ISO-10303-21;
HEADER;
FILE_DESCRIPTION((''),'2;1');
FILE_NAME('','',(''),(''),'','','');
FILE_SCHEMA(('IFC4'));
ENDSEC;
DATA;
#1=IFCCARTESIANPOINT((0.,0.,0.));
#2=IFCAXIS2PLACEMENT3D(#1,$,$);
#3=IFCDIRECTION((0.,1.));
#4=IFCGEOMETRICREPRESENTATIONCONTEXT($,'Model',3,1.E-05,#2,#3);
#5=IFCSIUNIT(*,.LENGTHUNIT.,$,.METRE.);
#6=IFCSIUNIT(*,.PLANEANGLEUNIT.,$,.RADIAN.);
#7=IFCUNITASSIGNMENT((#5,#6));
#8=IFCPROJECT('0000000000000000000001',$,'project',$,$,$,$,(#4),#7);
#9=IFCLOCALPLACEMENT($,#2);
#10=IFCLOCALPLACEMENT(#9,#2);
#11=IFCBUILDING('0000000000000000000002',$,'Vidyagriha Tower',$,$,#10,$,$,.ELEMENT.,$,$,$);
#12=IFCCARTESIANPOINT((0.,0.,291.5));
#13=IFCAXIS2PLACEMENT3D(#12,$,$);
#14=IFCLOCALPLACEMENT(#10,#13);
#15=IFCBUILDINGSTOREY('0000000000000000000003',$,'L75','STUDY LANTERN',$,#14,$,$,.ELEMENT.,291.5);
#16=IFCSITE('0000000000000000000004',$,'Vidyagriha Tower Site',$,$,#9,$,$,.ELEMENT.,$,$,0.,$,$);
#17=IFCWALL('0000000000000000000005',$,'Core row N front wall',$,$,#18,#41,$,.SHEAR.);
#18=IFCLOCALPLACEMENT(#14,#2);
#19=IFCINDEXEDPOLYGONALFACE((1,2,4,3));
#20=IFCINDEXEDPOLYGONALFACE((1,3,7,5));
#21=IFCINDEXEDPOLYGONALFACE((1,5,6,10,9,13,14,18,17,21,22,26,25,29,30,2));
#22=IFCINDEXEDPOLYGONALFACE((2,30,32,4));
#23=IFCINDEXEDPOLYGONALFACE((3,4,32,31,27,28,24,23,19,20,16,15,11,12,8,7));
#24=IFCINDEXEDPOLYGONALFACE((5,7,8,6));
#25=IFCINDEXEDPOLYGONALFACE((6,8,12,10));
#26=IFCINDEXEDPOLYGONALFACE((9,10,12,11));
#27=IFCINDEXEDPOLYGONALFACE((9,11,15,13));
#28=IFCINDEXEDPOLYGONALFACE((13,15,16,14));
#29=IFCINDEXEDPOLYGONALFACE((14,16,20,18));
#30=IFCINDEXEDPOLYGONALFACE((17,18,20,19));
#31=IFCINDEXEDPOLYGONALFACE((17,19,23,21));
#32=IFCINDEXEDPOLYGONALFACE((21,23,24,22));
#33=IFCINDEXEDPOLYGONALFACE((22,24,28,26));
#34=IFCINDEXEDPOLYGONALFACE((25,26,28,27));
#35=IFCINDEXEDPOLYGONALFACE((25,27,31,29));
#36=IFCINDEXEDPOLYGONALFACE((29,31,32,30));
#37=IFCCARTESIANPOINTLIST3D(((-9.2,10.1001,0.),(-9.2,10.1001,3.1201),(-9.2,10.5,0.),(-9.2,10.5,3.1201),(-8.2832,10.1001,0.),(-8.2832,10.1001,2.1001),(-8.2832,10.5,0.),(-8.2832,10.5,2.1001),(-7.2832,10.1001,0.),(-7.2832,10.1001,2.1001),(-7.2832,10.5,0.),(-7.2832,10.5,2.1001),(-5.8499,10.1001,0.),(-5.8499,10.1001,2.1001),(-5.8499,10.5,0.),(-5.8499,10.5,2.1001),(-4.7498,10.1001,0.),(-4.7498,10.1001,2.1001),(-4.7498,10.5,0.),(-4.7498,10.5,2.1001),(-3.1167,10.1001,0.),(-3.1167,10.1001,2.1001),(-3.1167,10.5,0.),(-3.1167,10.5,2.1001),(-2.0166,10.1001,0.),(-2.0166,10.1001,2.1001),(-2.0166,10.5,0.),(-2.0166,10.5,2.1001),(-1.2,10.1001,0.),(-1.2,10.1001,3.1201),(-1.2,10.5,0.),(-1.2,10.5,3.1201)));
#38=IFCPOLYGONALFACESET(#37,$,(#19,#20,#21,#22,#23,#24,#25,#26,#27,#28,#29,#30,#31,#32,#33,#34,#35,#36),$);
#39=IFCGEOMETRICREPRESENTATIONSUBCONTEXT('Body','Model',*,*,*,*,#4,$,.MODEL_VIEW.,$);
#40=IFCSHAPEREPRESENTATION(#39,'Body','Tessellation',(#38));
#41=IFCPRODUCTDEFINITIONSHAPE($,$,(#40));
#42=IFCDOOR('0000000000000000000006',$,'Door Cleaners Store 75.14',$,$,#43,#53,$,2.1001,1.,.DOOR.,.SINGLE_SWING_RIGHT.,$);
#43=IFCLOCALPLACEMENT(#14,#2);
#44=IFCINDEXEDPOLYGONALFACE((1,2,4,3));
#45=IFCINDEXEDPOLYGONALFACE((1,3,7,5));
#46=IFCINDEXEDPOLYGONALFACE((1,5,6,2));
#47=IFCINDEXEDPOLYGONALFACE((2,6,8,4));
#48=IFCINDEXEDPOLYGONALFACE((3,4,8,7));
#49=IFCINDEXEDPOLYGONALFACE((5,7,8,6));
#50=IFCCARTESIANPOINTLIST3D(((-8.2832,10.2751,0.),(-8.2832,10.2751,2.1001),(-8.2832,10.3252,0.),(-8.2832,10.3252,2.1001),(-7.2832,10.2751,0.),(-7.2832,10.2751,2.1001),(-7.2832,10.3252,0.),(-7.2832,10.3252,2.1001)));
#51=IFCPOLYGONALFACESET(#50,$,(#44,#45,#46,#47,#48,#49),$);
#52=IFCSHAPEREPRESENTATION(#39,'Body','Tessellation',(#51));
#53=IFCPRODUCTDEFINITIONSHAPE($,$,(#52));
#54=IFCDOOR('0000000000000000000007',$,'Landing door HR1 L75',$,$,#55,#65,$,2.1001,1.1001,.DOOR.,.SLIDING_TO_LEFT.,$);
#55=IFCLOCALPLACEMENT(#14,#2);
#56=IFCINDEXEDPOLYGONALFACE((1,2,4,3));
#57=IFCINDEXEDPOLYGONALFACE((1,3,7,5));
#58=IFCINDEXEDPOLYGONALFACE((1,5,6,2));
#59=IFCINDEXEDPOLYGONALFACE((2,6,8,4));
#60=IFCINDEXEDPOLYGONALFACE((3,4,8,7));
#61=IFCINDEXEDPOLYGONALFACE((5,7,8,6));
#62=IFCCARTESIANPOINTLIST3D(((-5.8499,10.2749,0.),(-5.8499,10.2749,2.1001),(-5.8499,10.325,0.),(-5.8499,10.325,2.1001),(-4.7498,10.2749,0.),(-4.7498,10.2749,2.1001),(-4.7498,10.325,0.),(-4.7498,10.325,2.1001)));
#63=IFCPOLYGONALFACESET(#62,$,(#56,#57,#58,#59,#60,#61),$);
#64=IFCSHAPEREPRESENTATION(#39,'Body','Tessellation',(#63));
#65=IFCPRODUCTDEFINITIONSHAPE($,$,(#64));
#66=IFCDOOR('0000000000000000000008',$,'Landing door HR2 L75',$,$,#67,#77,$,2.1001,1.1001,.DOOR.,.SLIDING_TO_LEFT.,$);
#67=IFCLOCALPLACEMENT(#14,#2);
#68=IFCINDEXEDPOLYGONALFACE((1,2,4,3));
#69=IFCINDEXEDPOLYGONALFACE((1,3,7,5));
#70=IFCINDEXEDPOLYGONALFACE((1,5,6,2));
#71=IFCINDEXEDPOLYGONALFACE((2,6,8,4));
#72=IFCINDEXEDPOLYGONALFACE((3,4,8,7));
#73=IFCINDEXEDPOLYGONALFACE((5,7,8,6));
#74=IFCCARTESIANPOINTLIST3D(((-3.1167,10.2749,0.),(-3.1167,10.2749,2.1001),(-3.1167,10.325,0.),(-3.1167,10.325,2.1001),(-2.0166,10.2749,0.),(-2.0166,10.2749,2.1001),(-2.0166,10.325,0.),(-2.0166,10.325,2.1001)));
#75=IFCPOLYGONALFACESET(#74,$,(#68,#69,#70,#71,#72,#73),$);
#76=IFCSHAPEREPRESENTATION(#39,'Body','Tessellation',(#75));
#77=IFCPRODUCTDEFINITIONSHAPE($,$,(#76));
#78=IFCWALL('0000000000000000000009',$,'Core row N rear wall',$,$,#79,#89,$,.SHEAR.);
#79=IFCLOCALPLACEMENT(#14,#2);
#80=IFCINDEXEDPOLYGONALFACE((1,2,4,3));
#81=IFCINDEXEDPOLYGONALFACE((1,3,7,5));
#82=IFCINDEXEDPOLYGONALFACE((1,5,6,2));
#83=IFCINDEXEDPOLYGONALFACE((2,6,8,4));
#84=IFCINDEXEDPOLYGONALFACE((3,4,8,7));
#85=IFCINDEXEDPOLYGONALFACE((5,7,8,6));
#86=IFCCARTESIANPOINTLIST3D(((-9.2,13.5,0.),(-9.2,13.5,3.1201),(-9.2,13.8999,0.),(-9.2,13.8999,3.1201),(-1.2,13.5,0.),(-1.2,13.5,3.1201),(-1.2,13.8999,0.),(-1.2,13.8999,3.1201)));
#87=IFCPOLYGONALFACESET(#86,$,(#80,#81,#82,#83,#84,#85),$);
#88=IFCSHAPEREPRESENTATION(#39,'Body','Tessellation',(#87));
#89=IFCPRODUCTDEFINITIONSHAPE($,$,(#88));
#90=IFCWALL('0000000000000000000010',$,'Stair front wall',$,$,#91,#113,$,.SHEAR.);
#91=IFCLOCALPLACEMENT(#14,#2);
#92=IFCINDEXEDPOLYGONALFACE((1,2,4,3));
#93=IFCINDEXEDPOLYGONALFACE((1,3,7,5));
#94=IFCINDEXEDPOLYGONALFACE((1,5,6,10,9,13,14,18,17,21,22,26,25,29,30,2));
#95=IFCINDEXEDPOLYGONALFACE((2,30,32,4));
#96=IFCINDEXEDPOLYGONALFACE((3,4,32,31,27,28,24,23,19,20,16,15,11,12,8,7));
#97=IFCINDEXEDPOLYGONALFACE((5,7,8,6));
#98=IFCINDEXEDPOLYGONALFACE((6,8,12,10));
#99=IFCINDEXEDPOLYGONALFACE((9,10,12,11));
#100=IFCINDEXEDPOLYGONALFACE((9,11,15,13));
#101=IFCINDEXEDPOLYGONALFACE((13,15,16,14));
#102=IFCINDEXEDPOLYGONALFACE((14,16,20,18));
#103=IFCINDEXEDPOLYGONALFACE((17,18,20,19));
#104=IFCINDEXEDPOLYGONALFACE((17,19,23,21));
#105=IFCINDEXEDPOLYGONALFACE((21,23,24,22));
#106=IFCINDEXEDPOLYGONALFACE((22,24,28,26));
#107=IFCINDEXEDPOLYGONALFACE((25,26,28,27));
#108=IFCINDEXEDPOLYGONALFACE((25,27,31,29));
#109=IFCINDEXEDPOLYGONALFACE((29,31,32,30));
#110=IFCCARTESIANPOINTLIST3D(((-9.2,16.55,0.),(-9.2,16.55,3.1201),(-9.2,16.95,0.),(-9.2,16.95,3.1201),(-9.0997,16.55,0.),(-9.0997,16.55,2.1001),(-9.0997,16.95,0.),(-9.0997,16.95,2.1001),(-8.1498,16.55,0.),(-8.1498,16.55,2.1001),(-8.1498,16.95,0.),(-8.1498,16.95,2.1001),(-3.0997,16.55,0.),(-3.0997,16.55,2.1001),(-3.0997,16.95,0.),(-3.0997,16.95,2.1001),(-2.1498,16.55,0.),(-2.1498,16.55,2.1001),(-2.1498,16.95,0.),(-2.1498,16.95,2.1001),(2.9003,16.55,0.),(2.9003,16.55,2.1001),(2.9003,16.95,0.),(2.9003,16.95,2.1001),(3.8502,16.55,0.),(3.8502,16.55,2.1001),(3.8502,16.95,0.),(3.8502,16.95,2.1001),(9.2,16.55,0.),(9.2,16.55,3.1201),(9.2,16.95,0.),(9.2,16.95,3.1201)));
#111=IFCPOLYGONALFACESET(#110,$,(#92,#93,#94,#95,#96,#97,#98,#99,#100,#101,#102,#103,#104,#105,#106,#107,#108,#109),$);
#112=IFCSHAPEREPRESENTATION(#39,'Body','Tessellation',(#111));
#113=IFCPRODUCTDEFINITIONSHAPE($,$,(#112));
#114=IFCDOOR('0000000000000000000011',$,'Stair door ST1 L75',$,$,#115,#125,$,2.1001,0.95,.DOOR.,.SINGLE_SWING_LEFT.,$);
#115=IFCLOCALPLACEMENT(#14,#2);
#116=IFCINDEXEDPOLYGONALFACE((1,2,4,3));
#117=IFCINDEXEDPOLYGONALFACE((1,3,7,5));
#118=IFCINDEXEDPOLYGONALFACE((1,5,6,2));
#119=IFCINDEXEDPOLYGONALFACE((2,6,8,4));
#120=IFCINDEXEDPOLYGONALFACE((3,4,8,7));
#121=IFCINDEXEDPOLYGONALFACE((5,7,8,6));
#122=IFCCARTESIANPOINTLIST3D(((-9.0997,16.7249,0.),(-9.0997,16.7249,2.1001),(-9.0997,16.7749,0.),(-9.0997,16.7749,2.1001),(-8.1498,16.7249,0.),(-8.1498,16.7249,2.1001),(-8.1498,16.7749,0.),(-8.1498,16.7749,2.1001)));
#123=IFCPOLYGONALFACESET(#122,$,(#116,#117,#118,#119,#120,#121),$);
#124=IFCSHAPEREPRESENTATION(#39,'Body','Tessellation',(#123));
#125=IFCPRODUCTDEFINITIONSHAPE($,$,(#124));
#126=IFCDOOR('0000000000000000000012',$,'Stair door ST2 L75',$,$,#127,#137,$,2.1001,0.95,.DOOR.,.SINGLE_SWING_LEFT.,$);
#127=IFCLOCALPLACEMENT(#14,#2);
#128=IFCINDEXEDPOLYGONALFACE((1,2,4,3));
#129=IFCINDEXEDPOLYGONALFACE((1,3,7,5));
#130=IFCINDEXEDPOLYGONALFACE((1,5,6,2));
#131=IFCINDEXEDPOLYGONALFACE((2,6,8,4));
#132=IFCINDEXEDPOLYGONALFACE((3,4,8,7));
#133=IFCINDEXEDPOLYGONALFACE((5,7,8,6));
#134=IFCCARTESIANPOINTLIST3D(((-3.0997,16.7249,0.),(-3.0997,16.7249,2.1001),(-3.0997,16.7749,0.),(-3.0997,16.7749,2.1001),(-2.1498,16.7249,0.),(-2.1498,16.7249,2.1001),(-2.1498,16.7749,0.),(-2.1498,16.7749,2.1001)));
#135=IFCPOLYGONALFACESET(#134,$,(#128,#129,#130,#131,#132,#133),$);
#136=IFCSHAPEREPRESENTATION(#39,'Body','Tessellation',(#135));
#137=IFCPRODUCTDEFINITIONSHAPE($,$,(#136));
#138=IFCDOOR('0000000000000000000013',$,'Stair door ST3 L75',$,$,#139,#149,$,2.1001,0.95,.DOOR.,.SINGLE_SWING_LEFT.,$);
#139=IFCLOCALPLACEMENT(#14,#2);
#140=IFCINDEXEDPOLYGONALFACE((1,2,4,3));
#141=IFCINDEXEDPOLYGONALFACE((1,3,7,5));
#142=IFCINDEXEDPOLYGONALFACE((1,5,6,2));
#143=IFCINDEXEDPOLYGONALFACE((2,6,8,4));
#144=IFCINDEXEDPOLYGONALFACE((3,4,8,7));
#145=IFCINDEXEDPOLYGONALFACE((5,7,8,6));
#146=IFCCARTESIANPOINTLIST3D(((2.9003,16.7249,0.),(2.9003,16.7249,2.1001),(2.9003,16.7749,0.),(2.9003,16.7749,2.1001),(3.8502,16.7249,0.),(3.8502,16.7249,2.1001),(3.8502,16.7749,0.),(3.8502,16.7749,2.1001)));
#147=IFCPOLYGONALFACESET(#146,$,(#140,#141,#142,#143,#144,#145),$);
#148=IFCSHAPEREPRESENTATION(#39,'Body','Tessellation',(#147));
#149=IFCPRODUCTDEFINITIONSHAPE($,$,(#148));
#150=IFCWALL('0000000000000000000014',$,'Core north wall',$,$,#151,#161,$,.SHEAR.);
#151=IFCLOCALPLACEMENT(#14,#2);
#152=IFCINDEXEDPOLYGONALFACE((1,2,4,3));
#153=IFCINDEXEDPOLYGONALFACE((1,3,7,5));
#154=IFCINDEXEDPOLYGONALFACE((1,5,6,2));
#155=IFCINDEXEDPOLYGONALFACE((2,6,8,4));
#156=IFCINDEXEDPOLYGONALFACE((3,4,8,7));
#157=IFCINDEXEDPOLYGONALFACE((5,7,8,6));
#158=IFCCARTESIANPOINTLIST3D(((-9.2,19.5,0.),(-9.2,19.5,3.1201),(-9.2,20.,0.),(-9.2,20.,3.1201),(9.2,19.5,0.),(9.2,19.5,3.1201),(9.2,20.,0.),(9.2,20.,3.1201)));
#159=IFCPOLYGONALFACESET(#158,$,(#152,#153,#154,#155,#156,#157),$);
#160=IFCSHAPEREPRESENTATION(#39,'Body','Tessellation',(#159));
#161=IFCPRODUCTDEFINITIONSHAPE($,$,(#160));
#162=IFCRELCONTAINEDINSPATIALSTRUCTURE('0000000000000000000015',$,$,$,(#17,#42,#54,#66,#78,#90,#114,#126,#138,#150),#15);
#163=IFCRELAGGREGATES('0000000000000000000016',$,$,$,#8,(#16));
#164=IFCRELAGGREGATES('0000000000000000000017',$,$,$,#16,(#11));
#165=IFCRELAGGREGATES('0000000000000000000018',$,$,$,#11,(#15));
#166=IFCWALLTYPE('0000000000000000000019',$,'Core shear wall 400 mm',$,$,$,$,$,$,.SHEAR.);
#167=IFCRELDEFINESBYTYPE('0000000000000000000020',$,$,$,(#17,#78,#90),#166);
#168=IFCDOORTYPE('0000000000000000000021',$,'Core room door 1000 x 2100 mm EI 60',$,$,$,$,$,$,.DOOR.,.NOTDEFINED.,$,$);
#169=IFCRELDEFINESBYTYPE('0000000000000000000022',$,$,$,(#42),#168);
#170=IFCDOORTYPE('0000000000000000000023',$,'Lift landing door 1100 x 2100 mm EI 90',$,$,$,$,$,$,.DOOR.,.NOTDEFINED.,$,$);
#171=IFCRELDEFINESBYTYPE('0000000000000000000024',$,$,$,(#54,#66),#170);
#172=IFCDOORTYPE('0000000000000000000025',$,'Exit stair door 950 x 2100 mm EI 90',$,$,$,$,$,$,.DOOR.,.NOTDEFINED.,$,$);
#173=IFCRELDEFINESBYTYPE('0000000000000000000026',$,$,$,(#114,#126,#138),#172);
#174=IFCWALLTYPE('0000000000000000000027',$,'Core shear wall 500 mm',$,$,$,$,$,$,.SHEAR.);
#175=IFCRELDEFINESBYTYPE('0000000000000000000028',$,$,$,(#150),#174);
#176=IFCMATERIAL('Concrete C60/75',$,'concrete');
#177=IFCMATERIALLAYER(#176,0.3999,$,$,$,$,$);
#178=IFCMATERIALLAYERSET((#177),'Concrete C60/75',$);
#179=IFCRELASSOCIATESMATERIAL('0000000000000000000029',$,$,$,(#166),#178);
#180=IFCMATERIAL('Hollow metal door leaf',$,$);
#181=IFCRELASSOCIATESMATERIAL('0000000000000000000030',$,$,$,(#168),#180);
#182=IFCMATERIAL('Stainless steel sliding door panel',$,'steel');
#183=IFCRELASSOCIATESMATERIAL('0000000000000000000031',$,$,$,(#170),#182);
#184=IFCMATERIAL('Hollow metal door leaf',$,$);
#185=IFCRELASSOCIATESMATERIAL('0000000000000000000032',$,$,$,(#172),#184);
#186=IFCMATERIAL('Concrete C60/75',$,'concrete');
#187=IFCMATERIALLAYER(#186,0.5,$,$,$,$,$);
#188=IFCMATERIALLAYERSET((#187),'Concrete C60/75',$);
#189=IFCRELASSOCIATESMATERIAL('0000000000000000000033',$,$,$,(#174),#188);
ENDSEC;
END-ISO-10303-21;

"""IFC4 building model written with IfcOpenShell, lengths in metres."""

from ifc_helpers import new_model, si_unit, direction, frame, frame_2d, origin, place, context, subcontext, project, spatial, rectangle, extrude, material, layer, layer_set, type_object, element, fill, save


model = new_model("IFC4")

# Units and contexts
model_context = context("Model", 3, precision=1e-05, world=origin(), true_north=direction((0.0, 1.0)))
body_context = subcontext(model_context, "Body", "Model", "MODEL_VIEW")
ifc_project = project(units=[si_unit("LENGTHUNIT", "METRE"), si_unit("PLANEANGLEUNIT", "RADIAN")], contexts=[model_context])

# Site, building, storey
site_placement = place(None, origin())
site = spatial("IfcSite", under=ifc_project, at=site_placement, Name="Vidyagriha Tower Site", CompositionType="ELEMENT", RefElevation=0.0)
building_placement = place(site_placement, origin())
building = spatial("IfcBuilding", under=site, at=building_placement, Name="Vidyagriha Tower", CompositionType="ELEMENT")
storey_placement = place(building_placement, frame((0.0, 0.0, 291.5)))
storey = spatial("IfcBuildingStorey", under=building, at=storey_placement, Name="L75", Description="STUDY LANTERN", CompositionType="ELEMENT", Elevation=291.5)

# Wall, openings, doors
ifc_material_1 = material(Name="Concrete C60/75", Category="concrete")
ifc_layer_1 = layer(ifc_material_1, 0.3999)
ifc_layer_set_1 = layer_set([ifc_layer_1], Name="Concrete C60/75")
wall_type_1 = type_object("IfcWallType", Name="Core shear wall 400 mm", PredefinedType="SHEAR", material=ifc_layer_set_1)
wall_1_placement = place(storey_placement, frame((-9.2, 10.3, 0.0)))
wall_1 = element("IfcWall", 1, at=wall_1_placement, inside=storey, type_object=wall_type_1, Name="Core row N front wall", PredefinedType="SHEAR", context=body_context, shape_type="SweptSolid", body=[
    extrude(rectangle(XDim=8.0, YDim=0.3999, at=frame_2d((4.0, 0.0))), origin(), (0.0, 0.0, 1.0), 3.1201),
])
opening_1_placement = place(wall_1_placement, frame((3.3501, 0.0, 0.0)))
opening_1 = element("IfcOpeningElement", 2, at=opening_1_placement, cuts=wall_1, PredefinedType="OPENING", context=body_context, shape_type="SweptSolid", body=[
    extrude(rectangle(XDim=1.1001, YDim=2.1001, at=frame_2d((0.55, 1.05))), frame((0.0, 0.21, 0.0), z_axis=(0.0, -1.0, 0.0), x_axis=(1.0, 0.0, 0.0)), (0.0, 0.0, 1.0), 0.4199),
])
opening_2_placement = place(wall_1_placement, frame((6.0833, 0.0, 0.0)))
opening_2 = element("IfcOpeningElement", 3, at=opening_2_placement, cuts=wall_1, PredefinedType="OPENING", context=body_context, shape_type="SweptSolid", body=[
    extrude(rectangle(XDim=1.1001, YDim=2.1001, at=frame_2d((0.55, 1.05))), frame((0.0, 0.21, 0.0), z_axis=(0.0, -1.0, 0.0), x_axis=(1.0, 0.0, 0.0)), (0.0, 0.0, 1.0), 0.4199),
])
opening_3_placement = place(wall_1_placement, frame((0.9167, 0.0, 0.0)))
opening_3 = element("IfcOpeningElement", 4, at=opening_3_placement, cuts=wall_1, PredefinedType="OPENING", context=body_context, shape_type="SweptSolid", body=[
    extrude(rectangle(XDim=1.0, YDim=2.1001, at=frame_2d((0.5, 1.05))), frame((0.0, 0.21, 0.0), z_axis=(0.0, -1.0, 0.0), x_axis=(1.0, 0.0, 0.0)), (0.0, 0.0, 1.0), 0.4199),
])
ifc_material_2 = material(Name="Hollow metal door leaf")
door_type_1 = type_object("IfcDoorType", Name="Core room door 1000 x 2100 mm EI 60", OperationType="NOTDEFINED", PredefinedType="DOOR", material=ifc_material_2)
door_1_placement = place(opening_3_placement, frame((1.0, 0.0, 0.0), z_axis=(0.0, 0.0, 1.0), x_axis=(-1.0, 0.0, 0.0)))
door_1 = element("IfcDoor", 5, at=door_1_placement, inside=storey, type_object=door_type_1, Name="Door Cleaners Store 75.14", OperationType="SINGLE_SWING_RIGHT", OverallHeight=2.1001, OverallWidth=1.0, PredefinedType="DOOR", context=body_context, shape_type="SweptSolid", body=[
    extrude(rectangle(XDim=1.0, YDim=2.1001, at=frame_2d((0.5, 1.05))), frame((0.0, 0.0249, 0.0), z_axis=(0.0, -1.0, 0.0), x_axis=(1.0, 0.0, 0.0)), (0.0, 0.0, 1.0), 0.05),
])
fill(opening_3, door_1)
ifc_material_3 = material(Name="Stainless steel sliding door panel", Category="steel")
door_type_2 = type_object("IfcDoorType", Name="Lift landing door 1100 x 2100 mm EI 90", OperationType="NOTDEFINED", PredefinedType="DOOR", material=ifc_material_3)
door_2_placement = place(opening_1_placement, origin())
door_2 = element("IfcDoor", 6, at=door_2_placement, inside=storey, type_object=door_type_2, Name="Landing door HR1 L75", OperationType="SLIDING_TO_LEFT", OverallHeight=2.1001, OverallWidth=1.1001, PredefinedType="DOOR", context=body_context, shape_type="SweptSolid", body=[
    extrude(rectangle(XDim=1.1001, YDim=2.1001, at=frame_2d((0.55, 1.05))), frame((0.0, 0.0249, 0.0), z_axis=(0.0, -1.0, 0.0), x_axis=(1.0, 0.0, 0.0)), (0.0, 0.0, 1.0), 0.05),
])
fill(opening_1, door_2)
door_3_placement = place(opening_2_placement, origin())
door_3 = element("IfcDoor", 7, at=door_3_placement, inside=storey, type_object=door_type_2, Name="Landing door HR2 L75", OperationType="SLIDING_TO_LEFT", OverallHeight=2.1001, OverallWidth=1.1001, PredefinedType="DOOR", context=body_context, shape_type="SweptSolid", body=[
    extrude(rectangle(XDim=1.1001, YDim=2.1001, at=frame_2d((0.55, 1.05))), frame((0.0, 0.0249, 0.0), z_axis=(0.0, -1.0, 0.0), x_axis=(1.0, 0.0, 0.0)), (0.0, 0.0, 1.0), 0.05),
])
fill(opening_2, door_3)

# Wall
wall_2_placement = place(storey_placement, frame((-9.2, 13.7, 0.0)))
element("IfcWall", 8, at=wall_2_placement, inside=storey, type_object=wall_type_1, Name="Core row N rear wall", PredefinedType="SHEAR", context=body_context, shape_type="SweptSolid", body=[
    extrude(rectangle(XDim=8.0, YDim=0.3999, at=frame_2d((4.0, 0.0))), origin(), (0.0, 0.0, 1.0), 3.1201),
])

# Wall, openings, doors
wall_3_placement = place(storey_placement, frame((-9.2, 16.75, 0.0)))
wall_3 = element("IfcWall", 9, at=wall_3_placement, inside=storey, type_object=wall_type_1, Name="Stair front wall", PredefinedType="SHEAR", context=body_context, shape_type="SweptSolid", body=[
    extrude(rectangle(XDim=18.3999, YDim=0.3999, at=frame_2d((9.2, 0.0))), origin(), (0.0, 0.0, 1.0), 3.1201),
])
opening_4_placement = place(wall_3_placement, frame((0.1001, 0.0, 0.0)))
opening_4 = element("IfcOpeningElement", 10, at=opening_4_placement, cuts=wall_3, PredefinedType="OPENING", context=body_context, shape_type="SweptSolid", body=[
    extrude(rectangle(XDim=0.95, YDim=2.1001, at=frame_2d((0.4751, 1.05))), frame((0.0, 0.21, 0.0), z_axis=(0.0, -1.0, 0.0), x_axis=(1.0, 0.0, 0.0)), (0.0, 0.0, 1.0), 0.4199),
])
opening_5_placement = place(wall_3_placement, frame((6.1001, 0.0, 0.0)))
opening_5 = element("IfcOpeningElement", 11, at=opening_5_placement, cuts=wall_3, PredefinedType="OPENING", context=body_context, shape_type="SweptSolid", body=[
    extrude(rectangle(XDim=0.95, YDim=2.1001, at=frame_2d((0.4751, 1.05))), frame((0.0, 0.21, 0.0), z_axis=(0.0, -1.0, 0.0), x_axis=(1.0, 0.0, 0.0)), (0.0, 0.0, 1.0), 0.4199),
])
opening_6_placement = place(wall_3_placement, frame((12.1001, 0.0, 0.0)))
opening_6 = element("IfcOpeningElement", 12, at=opening_6_placement, cuts=wall_3, PredefinedType="OPENING", context=body_context, shape_type="SweptSolid", body=[
    extrude(rectangle(XDim=0.95, YDim=2.1001, at=frame_2d((0.4751, 1.05))), frame((0.0, 0.21, 0.0), z_axis=(0.0, -1.0, 0.0), x_axis=(1.0, 0.0, 0.0)), (0.0, 0.0, 1.0), 0.4199),
])
ifc_material_4 = material(Name="Hollow metal door leaf")
door_type_3 = type_object("IfcDoorType", Name="Exit stair door 950 x 2100 mm EI 90", OperationType="NOTDEFINED", PredefinedType="DOOR", material=ifc_material_4)
door_4_placement = place(opening_4_placement, origin())
door_4 = element("IfcDoor", 13, at=door_4_placement, inside=storey, type_object=door_type_3, Name="Stair door ST1 L75", OperationType="SINGLE_SWING_LEFT", OverallHeight=2.1001, OverallWidth=0.95, PredefinedType="DOOR", context=body_context, shape_type="SweptSolid", body=[
    extrude(rectangle(XDim=0.95, YDim=2.1001, at=frame_2d((0.4751, 1.05))), frame((0.0, 0.0249, 0.0), z_axis=(0.0, -1.0, 0.0), x_axis=(1.0, 0.0, 0.0)), (0.0, 0.0, 1.0), 0.05),
])
fill(opening_4, door_4)
door_5_placement = place(opening_5_placement, origin())
door_5 = element("IfcDoor", 14, at=door_5_placement, inside=storey, type_object=door_type_3, Name="Stair door ST2 L75", OperationType="SINGLE_SWING_LEFT", OverallHeight=2.1001, OverallWidth=0.95, PredefinedType="DOOR", context=body_context, shape_type="SweptSolid", body=[
    extrude(rectangle(XDim=0.95, YDim=2.1001, at=frame_2d((0.4751, 1.05))), frame((0.0, 0.0249, 0.0), z_axis=(0.0, -1.0, 0.0), x_axis=(1.0, 0.0, 0.0)), (0.0, 0.0, 1.0), 0.05),
])
fill(opening_5, door_5)
door_6_placement = place(opening_6_placement, origin())
door_6 = element("IfcDoor", 15, at=door_6_placement, inside=storey, type_object=door_type_3, Name="Stair door ST3 L75", OperationType="SINGLE_SWING_LEFT", OverallHeight=2.1001, OverallWidth=0.95, PredefinedType="DOOR", context=body_context, shape_type="SweptSolid", body=[
    extrude(rectangle(XDim=0.95, YDim=2.1001, at=frame_2d((0.4751, 1.05))), frame((0.0, 0.0249, 0.0), z_axis=(0.0, -1.0, 0.0), x_axis=(1.0, 0.0, 0.0)), (0.0, 0.0, 1.0), 0.05),
])
fill(opening_6, door_6)

# Wall
ifc_material_5 = material(Name="Concrete C60/75", Category="concrete")
ifc_layer_2 = layer(ifc_material_5, 0.5)
ifc_layer_set_2 = layer_set([ifc_layer_2], Name="Concrete C60/75")
wall_type_2 = type_object("IfcWallType", Name="Core shear wall 500 mm", PredefinedType="SHEAR", material=ifc_layer_set_2)
wall_4_placement = place(storey_placement, frame((-9.2, 19.75, 0.0)))
element("IfcWall", 16, at=wall_4_placement, inside=storey, type_object=wall_type_2, Name="Core north wall", PredefinedType="SHEAR", context=body_context, shape_type="SweptSolid", body=[
    extrude(rectangle(XDim=18.3999, YDim=0.5, at=frame_2d((9.2, 0.0))), origin(), (0.0, 0.0, 1.0), 3.1201),
])

save(model, "model.ifc")
